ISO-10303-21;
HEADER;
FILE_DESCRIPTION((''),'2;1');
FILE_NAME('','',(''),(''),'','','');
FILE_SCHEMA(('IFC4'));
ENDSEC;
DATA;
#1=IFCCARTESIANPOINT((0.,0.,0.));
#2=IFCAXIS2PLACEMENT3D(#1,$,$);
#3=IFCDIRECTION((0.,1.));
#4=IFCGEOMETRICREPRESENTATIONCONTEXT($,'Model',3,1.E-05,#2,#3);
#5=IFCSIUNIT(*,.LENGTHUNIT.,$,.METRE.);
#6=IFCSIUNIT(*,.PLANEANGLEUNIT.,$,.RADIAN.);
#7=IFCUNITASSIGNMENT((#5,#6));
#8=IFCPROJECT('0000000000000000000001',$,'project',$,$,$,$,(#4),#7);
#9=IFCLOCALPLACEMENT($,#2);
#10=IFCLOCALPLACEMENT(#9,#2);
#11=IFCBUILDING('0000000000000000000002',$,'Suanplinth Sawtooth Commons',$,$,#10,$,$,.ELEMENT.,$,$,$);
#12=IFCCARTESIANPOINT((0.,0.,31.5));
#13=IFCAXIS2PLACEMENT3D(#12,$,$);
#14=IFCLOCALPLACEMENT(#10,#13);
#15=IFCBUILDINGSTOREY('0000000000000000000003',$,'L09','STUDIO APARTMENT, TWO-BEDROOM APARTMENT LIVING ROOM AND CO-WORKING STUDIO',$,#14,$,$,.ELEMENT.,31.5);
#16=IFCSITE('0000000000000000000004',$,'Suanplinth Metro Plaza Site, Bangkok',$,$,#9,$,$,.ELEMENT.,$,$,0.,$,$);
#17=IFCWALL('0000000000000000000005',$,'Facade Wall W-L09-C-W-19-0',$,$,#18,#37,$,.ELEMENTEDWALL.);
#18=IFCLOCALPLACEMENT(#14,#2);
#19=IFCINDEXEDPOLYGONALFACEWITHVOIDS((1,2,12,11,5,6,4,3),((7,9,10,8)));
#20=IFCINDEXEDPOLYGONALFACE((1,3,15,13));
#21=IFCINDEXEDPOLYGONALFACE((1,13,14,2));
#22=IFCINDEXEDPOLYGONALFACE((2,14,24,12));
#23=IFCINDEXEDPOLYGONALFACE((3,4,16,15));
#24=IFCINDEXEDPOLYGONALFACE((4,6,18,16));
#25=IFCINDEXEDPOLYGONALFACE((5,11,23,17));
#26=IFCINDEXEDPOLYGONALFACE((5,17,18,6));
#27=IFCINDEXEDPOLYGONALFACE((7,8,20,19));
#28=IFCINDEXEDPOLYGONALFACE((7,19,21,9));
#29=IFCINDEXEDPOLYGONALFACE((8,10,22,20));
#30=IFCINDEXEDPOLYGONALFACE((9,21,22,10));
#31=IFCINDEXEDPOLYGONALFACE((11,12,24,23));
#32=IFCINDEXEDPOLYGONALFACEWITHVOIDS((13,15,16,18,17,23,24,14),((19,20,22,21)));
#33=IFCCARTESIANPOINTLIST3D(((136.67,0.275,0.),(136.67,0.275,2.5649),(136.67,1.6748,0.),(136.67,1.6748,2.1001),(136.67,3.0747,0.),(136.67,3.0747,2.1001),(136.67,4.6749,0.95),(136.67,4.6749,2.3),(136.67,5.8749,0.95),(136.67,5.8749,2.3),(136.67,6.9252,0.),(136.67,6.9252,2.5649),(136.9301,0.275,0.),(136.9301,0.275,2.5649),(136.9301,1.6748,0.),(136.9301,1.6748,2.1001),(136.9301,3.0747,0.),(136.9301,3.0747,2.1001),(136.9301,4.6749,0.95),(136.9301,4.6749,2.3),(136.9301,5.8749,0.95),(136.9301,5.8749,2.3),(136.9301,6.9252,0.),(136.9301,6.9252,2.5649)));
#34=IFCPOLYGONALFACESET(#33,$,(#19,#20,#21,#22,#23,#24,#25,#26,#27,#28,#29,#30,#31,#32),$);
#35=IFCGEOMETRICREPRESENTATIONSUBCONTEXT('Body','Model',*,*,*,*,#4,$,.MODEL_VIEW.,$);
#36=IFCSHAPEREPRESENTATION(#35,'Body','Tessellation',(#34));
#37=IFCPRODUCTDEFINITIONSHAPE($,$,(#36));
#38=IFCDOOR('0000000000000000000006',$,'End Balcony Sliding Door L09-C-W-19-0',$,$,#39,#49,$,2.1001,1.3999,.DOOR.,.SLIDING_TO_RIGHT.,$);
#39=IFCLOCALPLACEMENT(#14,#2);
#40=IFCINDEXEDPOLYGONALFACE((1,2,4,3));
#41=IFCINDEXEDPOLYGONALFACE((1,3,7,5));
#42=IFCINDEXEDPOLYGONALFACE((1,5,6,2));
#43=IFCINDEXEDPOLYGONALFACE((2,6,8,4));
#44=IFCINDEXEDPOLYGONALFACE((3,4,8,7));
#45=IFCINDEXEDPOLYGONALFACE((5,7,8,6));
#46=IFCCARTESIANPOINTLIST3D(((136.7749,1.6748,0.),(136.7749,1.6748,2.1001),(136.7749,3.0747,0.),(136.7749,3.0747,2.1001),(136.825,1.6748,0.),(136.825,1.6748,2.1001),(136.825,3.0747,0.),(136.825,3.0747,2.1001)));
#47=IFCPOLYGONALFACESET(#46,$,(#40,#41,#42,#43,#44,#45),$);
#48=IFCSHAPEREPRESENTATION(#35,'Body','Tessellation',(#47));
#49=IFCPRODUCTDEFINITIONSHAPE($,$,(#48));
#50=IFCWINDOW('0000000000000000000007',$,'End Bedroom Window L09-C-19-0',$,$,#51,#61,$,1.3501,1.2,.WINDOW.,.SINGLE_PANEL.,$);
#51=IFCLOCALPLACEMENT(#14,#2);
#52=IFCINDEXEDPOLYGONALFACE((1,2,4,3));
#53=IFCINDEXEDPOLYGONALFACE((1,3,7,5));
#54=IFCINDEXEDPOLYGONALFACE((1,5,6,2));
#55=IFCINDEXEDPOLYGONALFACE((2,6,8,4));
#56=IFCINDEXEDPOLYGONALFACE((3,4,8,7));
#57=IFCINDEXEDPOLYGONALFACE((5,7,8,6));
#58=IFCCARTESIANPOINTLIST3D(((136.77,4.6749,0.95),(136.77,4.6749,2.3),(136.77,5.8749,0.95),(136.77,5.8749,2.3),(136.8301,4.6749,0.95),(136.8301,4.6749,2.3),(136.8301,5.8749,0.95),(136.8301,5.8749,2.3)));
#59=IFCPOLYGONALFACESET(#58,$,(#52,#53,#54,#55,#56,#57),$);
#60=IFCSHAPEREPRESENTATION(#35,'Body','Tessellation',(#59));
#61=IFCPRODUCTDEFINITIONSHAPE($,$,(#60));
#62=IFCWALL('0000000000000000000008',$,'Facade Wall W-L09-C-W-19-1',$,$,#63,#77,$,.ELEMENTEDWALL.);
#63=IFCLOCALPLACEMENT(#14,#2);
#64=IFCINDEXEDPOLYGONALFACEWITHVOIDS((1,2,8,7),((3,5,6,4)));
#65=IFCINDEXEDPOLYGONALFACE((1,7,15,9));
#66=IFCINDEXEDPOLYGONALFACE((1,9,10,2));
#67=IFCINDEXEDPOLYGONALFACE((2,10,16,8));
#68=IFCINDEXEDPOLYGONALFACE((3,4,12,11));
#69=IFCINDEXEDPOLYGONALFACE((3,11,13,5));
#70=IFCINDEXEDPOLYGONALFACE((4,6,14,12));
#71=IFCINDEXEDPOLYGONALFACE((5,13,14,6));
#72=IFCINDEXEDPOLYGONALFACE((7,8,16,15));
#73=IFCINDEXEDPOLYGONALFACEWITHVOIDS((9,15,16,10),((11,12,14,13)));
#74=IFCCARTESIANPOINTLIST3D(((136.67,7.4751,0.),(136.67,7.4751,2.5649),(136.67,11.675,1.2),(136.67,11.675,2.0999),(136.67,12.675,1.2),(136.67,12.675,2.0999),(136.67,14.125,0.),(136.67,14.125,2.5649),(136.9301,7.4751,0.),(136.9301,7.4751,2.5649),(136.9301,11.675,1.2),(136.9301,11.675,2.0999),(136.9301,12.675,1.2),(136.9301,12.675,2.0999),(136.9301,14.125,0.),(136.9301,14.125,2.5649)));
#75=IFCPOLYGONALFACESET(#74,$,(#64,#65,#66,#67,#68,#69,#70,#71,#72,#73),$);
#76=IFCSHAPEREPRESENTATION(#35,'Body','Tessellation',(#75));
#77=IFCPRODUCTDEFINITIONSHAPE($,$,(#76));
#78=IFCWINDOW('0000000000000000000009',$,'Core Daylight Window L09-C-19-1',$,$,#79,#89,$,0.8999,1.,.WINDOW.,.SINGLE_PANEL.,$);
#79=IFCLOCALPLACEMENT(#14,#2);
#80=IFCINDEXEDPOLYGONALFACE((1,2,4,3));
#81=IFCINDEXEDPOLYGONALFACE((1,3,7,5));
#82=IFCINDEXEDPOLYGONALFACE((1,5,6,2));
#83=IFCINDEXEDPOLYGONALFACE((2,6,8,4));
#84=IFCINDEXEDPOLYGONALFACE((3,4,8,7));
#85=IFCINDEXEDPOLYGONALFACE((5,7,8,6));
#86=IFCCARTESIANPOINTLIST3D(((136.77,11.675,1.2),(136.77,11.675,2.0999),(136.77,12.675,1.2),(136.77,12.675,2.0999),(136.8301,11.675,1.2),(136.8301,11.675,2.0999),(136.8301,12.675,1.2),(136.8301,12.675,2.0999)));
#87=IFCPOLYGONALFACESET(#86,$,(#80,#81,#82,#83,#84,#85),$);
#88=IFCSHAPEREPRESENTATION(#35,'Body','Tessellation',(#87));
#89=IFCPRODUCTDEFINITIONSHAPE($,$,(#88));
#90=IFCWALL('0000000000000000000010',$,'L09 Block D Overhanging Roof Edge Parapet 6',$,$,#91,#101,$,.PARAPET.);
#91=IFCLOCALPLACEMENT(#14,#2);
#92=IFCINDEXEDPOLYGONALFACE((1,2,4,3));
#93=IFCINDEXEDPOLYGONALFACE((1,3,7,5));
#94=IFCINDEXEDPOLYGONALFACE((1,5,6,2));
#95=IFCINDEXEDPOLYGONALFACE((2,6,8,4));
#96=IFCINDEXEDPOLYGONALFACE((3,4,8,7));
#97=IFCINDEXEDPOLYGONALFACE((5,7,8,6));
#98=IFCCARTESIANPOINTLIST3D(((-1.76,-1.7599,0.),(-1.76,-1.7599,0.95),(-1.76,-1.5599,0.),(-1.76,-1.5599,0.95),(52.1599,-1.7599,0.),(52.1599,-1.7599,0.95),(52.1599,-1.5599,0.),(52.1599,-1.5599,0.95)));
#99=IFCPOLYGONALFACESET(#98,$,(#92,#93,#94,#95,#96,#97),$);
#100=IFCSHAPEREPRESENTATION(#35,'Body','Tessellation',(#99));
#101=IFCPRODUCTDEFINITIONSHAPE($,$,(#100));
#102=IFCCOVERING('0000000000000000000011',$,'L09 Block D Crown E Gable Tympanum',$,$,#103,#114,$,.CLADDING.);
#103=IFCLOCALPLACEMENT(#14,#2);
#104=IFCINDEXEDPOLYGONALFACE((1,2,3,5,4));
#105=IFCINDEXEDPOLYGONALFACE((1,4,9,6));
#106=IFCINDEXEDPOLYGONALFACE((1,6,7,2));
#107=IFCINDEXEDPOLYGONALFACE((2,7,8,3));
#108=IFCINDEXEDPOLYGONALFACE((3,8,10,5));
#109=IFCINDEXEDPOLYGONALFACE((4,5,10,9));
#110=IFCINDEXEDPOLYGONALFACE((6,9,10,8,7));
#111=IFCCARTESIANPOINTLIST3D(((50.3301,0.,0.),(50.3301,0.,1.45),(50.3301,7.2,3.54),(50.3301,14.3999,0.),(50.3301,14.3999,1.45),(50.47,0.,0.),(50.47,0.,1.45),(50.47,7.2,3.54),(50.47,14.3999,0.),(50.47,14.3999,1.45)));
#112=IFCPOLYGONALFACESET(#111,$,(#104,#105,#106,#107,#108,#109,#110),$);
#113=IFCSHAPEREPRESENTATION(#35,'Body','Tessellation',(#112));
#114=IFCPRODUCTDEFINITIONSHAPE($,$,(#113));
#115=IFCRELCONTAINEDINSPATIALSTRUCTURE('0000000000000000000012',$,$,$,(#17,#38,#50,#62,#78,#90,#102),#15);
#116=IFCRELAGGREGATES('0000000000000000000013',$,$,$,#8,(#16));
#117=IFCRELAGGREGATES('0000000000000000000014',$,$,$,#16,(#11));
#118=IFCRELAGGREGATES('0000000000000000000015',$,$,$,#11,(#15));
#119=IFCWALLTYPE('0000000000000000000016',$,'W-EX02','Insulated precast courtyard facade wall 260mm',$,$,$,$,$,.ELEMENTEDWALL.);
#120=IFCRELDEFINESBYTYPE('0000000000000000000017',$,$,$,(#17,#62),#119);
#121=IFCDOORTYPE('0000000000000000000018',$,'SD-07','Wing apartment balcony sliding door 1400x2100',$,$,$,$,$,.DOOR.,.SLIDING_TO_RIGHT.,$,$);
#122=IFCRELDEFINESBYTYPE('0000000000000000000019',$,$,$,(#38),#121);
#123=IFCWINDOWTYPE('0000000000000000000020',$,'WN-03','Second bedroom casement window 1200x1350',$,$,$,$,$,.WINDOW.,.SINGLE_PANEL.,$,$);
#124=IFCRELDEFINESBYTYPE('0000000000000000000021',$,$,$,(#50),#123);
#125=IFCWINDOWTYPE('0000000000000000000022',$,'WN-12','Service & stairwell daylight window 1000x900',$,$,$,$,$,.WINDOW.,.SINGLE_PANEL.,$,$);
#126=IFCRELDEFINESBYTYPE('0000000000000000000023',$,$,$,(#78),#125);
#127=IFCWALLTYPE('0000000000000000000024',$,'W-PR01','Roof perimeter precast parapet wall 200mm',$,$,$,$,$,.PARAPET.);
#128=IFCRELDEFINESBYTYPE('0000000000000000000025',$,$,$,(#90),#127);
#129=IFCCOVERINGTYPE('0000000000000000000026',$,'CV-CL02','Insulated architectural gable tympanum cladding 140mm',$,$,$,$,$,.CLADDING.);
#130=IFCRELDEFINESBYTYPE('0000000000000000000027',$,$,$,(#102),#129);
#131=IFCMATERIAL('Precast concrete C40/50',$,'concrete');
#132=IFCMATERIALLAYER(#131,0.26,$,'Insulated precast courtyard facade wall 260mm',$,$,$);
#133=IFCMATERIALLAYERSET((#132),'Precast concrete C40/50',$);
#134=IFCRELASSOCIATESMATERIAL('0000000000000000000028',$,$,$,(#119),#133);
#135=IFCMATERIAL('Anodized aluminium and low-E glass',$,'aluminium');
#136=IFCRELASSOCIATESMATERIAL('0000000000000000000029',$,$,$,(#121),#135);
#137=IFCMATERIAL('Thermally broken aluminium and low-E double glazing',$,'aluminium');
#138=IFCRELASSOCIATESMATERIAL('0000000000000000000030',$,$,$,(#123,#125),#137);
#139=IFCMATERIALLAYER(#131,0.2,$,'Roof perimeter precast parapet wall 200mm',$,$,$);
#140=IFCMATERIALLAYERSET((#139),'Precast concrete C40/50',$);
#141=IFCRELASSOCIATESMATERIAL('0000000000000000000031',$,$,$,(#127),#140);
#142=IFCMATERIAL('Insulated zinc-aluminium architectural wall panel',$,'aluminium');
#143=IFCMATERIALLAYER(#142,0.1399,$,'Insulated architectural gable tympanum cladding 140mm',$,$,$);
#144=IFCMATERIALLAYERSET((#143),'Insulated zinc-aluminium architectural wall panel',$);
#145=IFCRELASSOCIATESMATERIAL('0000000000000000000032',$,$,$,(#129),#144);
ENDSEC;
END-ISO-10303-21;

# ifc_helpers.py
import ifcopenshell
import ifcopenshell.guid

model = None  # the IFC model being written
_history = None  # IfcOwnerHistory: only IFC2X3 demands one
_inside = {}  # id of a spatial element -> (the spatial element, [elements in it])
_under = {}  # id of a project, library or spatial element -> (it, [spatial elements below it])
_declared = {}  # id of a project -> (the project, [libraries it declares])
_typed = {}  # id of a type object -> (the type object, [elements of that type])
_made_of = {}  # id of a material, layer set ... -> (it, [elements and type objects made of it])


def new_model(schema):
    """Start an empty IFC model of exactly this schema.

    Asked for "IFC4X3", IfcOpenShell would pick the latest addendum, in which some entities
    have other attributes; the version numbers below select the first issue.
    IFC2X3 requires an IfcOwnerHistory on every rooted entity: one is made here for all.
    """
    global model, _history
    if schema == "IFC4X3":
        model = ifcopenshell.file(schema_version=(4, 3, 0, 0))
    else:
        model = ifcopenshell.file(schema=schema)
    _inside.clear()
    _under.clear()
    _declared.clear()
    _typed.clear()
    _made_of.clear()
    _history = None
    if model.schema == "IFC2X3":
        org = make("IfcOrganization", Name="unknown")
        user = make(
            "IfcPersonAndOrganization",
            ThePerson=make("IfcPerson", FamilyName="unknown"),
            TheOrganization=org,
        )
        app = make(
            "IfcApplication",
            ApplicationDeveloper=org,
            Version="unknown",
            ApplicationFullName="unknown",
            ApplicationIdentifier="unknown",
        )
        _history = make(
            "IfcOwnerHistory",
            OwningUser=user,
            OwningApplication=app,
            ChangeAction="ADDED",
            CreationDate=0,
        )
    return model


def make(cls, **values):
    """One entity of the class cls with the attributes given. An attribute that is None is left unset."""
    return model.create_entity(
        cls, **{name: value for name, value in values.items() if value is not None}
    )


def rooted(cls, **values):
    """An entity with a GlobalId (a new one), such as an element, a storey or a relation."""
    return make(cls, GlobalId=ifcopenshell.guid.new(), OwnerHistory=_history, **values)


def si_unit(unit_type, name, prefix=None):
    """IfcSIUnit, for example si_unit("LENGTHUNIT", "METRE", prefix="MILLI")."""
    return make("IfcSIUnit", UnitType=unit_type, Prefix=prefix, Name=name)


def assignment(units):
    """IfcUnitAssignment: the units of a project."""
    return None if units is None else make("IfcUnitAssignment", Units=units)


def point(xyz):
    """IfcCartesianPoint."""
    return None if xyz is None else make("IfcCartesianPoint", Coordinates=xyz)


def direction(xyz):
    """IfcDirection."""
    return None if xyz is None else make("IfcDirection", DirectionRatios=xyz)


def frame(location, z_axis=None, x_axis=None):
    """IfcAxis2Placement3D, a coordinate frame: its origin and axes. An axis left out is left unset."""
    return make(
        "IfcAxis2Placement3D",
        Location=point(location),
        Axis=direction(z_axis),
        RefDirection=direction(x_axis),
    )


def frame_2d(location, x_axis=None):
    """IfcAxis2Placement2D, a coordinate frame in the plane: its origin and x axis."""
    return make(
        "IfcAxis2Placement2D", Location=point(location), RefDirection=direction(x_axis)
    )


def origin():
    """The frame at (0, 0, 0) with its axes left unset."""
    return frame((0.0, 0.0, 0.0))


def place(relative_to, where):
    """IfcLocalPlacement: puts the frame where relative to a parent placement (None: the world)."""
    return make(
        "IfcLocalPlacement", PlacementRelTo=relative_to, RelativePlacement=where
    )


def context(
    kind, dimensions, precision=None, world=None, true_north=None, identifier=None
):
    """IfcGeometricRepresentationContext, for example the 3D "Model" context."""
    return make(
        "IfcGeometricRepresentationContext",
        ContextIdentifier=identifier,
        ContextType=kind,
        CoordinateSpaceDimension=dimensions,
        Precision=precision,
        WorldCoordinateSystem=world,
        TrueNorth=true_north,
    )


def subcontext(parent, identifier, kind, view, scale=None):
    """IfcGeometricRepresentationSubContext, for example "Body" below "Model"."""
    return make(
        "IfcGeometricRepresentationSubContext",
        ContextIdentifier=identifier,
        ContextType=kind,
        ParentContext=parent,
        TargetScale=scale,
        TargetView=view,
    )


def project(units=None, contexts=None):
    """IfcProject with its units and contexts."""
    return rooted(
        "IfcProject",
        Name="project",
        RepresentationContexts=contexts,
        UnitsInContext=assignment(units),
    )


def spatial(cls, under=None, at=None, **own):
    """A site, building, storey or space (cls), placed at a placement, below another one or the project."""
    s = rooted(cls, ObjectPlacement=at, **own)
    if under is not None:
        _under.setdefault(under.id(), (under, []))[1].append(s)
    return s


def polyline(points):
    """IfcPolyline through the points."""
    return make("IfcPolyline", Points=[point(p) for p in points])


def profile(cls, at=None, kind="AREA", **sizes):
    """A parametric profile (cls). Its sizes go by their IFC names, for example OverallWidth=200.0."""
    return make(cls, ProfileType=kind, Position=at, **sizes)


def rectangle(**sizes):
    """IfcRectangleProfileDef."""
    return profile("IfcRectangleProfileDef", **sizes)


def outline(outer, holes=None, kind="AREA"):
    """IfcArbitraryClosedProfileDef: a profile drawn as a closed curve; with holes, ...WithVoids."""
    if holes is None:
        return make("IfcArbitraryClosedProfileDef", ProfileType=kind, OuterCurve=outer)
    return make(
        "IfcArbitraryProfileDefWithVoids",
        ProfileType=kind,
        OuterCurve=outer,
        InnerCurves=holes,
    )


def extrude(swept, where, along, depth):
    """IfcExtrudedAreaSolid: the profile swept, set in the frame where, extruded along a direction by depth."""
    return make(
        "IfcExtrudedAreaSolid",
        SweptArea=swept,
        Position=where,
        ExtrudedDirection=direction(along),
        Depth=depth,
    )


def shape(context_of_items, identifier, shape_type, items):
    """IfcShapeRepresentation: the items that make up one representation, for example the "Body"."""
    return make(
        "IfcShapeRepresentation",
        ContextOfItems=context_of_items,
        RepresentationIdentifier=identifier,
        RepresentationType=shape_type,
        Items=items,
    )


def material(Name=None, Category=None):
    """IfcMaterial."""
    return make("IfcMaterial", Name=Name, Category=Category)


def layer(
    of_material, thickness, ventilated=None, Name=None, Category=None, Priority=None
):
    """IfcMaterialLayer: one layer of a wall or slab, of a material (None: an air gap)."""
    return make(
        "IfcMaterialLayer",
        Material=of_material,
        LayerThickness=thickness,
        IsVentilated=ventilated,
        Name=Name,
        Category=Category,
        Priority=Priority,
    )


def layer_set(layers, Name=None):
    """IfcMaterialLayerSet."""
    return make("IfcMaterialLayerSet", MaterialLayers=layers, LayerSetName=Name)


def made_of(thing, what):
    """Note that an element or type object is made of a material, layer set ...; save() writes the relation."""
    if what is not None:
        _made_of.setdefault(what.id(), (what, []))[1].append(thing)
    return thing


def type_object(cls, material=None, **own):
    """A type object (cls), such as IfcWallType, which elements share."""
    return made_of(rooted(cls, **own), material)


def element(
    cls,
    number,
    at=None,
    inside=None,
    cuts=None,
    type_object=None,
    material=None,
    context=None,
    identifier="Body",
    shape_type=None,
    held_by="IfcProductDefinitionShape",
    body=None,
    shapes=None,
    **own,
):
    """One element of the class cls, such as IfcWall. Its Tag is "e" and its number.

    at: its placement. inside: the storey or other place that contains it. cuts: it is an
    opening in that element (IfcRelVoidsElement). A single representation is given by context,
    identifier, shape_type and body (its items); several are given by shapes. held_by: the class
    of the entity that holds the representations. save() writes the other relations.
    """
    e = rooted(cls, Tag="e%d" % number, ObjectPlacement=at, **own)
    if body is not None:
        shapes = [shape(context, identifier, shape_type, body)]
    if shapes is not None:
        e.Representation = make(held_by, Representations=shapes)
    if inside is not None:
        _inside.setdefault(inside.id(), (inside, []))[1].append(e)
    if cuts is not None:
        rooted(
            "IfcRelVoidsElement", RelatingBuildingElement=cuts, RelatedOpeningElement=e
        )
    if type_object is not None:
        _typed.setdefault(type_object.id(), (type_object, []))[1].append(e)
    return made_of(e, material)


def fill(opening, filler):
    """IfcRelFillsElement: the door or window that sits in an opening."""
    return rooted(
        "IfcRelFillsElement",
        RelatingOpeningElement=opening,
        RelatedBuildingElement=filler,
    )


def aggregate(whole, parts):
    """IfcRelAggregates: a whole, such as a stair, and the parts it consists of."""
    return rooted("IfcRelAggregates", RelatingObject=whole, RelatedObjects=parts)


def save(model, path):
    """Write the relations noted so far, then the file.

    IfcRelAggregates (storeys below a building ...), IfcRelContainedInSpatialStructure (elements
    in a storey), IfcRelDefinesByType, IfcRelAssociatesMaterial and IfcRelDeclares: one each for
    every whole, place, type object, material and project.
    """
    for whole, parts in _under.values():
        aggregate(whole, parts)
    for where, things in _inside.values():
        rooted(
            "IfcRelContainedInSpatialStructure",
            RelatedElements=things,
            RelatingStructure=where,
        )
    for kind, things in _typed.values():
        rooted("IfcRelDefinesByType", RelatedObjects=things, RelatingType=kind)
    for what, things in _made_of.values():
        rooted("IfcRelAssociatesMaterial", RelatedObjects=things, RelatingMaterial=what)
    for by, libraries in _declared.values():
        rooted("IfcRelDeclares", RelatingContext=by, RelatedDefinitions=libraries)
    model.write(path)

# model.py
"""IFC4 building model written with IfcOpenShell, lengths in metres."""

from ifc_helpers import new_model, si_unit, direction, frame, frame_2d, origin, place, context, subcontext, project, spatial, polyline, rectangle, outline, extrude, material, layer, layer_set, type_object, element, fill, save


model = new_model("IFC4")

# Units and contexts
model_context = context("Model", 3, precision=1e-05, world=origin(), true_north=direction((0.0, 1.0)))
body_context = subcontext(model_context, "Body", "Model", "MODEL_VIEW")
ifc_project = project(units=[si_unit("LENGTHUNIT", "METRE"), si_unit("PLANEANGLEUNIT", "RADIAN")], contexts=[model_context])

# Site, building, storey
site_placement = place(None, origin())
site = spatial("IfcSite", under=ifc_project, at=site_placement, Name="Suanplinth Metro Plaza Site, Bangkok", CompositionType="ELEMENT", RefElevation=0.0)
building_placement = place(site_placement, origin())
building = spatial("IfcBuilding", under=site, at=building_placement, Name="Suanplinth Sawtooth Commons", CompositionType="ELEMENT")
storey_placement = place(building_placement, frame((0.0, 0.0, 31.5)))
storey = spatial("IfcBuildingStorey", under=building, at=storey_placement, Name="L09", Description="STUDIO APARTMENT, TWO-BEDROOM APARTMENT LIVING ROOM AND CO-WORKING STUDIO", CompositionType="ELEMENT", Elevation=31.5)

# Shared definitions
ifc_material_1 = material(Name="Precast concrete C40/50", Category="concrete")

# Wall, openings, door, window
ifc_layer_1 = layer(ifc_material_1, 0.26, Name="Insulated precast courtyard facade wall 260mm")
ifc_layer_set_1 = layer_set([ifc_layer_1], Name="Precast concrete C40/50")
wall_type_1 = type_object("IfcWallType", Name="W-EX02", Description="Insulated precast courtyard facade wall 260mm", PredefinedType="ELEMENTEDWALL", material=ifc_layer_set_1)
wall_1_placement = place(storey_placement, frame((136.8, 0.2749, 0.0), z_axis=(0.0, 0.0, 1.0), x_axis=(0.0, 1.0, 0.0)))
wall_1 = element("IfcWall", 1, at=wall_1_placement, inside=storey, type_object=wall_type_1, Name="Facade Wall W-L09-C-W-19-0", PredefinedType="ELEMENTEDWALL", context=body_context, shape_type="SweptSolid", body=[
    extrude(rectangle(XDim=6.6501, YDim=0.26, at=frame_2d((3.3252, 0.0))), origin(), (0.0, 0.0, 1.0), 2.5649),
])
opening_1_placement = place(wall_1_placement, frame((1.3999, 0.0, 0.0)))
opening_1 = element("IfcOpeningElement", 2, at=opening_1_placement, cuts=wall_1, PredefinedType="OPENING", context=body_context, shape_type="SweptSolid", body=[
    extrude(rectangle(XDim=1.3999, YDim=2.1001, at=frame_2d((0.7, 1.05))), frame((0.0, 0.145, 0.0), z_axis=(0.0, -1.0, 0.0), x_axis=(1.0, 0.0, 0.0)), (0.0, 0.0, 1.0), 0.2898),
])
opening_2_placement = place(wall_1_placement, frame((4.3999, 0.0, 0.95)))
opening_2 = element("IfcOpeningElement", 3, at=opening_2_placement, cuts=wall_1, PredefinedType="OPENING", context=body_context, shape_type="SweptSolid", body=[
    extrude(rectangle(XDim=1.2, YDim=1.3501, at=frame_2d((0.6001, 0.675))), frame((0.0, 0.145, 0.0), z_axis=(0.0, -1.0, 0.0), x_axis=(1.0, 0.0, 0.0)), (0.0, 0.0, 1.0), 0.2898),
])
ifc_material_2 = material(Name="Anodized aluminium and low-E glass", Category="aluminium")
door_type = type_object("IfcDoorType", Name="SD-07", Description="Wing apartment balcony sliding door 1400x2100", OperationType="SLIDING_TO_RIGHT", PredefinedType="DOOR", material=ifc_material_2)
door_placement = place(opening_1_placement, frame((1.3999, 0.0, 0.0), z_axis=(0.0, 0.0, 1.0), x_axis=(-1.0, 0.0, 0.0)))
door = element("IfcDoor", 4, at=door_placement, inside=storey, type_object=door_type, Name="End Balcony Sliding Door L09-C-W-19-0", OperationType="SLIDING_TO_RIGHT", OverallHeight=2.1001, OverallWidth=1.3999, PredefinedType="DOOR", context=body_context, shape_type="SweptSolid", body=[
    extrude(rectangle(XDim=1.3999, YDim=2.1001, at=frame_2d((0.7, 1.05))), frame((0.0, 0.0249, 0.0), z_axis=(0.0, -1.0, 0.0), x_axis=(1.0, 0.0, 0.0)), (0.0, 0.0, 1.0), 0.05),
])
fill(opening_1, door)
ifc_material_3 = material(Name="Thermally broken aluminium and low-E double glazing", Category="aluminium")
window_type_1 = type_object("IfcWindowType", Name="WN-03", Description="Second bedroom casement window 1200x1350", PartitioningType="SINGLE_PANEL", PredefinedType="WINDOW", material=ifc_material_3)
window_1_placement = place(opening_2_placement, origin())
window_1 = element("IfcWindow", 5, at=window_1_placement, inside=storey, type_object=window_type_1, Name="End Bedroom Window L09-C-19-0", OverallHeight=1.3501, OverallWidth=1.2, PartitioningType="SINGLE_PANEL", PredefinedType="WINDOW", context=body_context, shape_type="SweptSolid", body=[
    extrude(rectangle(XDim=1.2, YDim=1.3501, at=frame_2d((0.6001, 0.675))), frame((0.0, 0.03, 0.0), z_axis=(0.0, -1.0, 0.0), x_axis=(1.0, 0.0, 0.0)), (0.0, 0.0, 1.0), 0.0601),
])
fill(opening_2, window_1)

# Wall, opening, window
wall_2_placement = place(storey_placement, frame((136.8, 7.4751, 0.0), z_axis=(0.0, 0.0, 1.0), x_axis=(0.0, 1.0, 0.0)))
wall_2 = element("IfcWall", 6, at=wall_2_placement, inside=storey, type_object=wall_type_1, Name="Facade Wall W-L09-C-W-19-1", PredefinedType="ELEMENTEDWALL", context=body_context, shape_type="SweptSolid", body=[
    extrude(rectangle(XDim=6.6499, YDim=0.26, at=frame_2d((3.325, 0.0))), origin(), (0.0, 0.0, 1.0), 2.5649),
])
opening_3_placement = place(wall_2_placement, frame((4.2, 0.0, 1.2)))
opening_3 = element("IfcOpeningElement", 7, at=opening_3_placement, cuts=wall_2, PredefinedType="OPENING", context=body_context, shape_type="SweptSolid", body=[
    extrude(rectangle(XDim=1.0, YDim=0.8999, at=frame_2d((0.5, 0.45))), frame((0.0, 0.145, 0.0), z_axis=(0.0, -1.0, 0.0), x_axis=(1.0, 0.0, 0.0)), (0.0, 0.0, 1.0), 0.2898),
])
window_type_2 = type_object("IfcWindowType", Name="WN-12", Description="Service & stairwell daylight window 1000x900", PartitioningType="SINGLE_PANEL", PredefinedType="WINDOW", material=ifc_material_3)
window_2_placement = place(opening_3_placement, origin())
window_2 = element("IfcWindow", 8, at=window_2_placement, inside=storey, type_object=window_type_2, Name="Core Daylight Window L09-C-19-1", OverallHeight=0.8999, OverallWidth=1.0, PartitioningType="SINGLE_PANEL", PredefinedType="WINDOW", context=body_context, shape_type="SweptSolid", body=[
    extrude(rectangle(XDim=1.0, YDim=0.8999, at=frame_2d((0.5, 0.45))), frame((0.0, 0.03, 0.0), z_axis=(0.0, -1.0, 0.0), x_axis=(1.0, 0.0, 0.0)), (0.0, 0.0, 1.0), 0.0601),
])
fill(opening_3, window_2)

# Wall
ifc_layer_2 = layer(ifc_material_1, 0.2, Name="Roof perimeter precast parapet wall 200mm")
ifc_layer_set_2 = layer_set([ifc_layer_2], Name="Precast concrete C40/50")
wall_type_2 = type_object("IfcWallType", Name="W-PR01", Description="Roof perimeter precast parapet wall 200mm", PredefinedType="PARAPET", material=ifc_layer_set_2)
wall_3_placement = place(storey_placement, frame((52.1599, -1.6599, 0.0), z_axis=(0.0, 0.0, 1.0), x_axis=(-1.0, 0.0, 0.0)))
element("IfcWall", 9, at=wall_3_placement, inside=storey, type_object=wall_type_2, Name="L09 Block D Overhanging Roof Edge Parapet 6", PredefinedType="PARAPET", context=body_context, shape_type="SweptSolid", body=[
    extrude(rectangle(XDim=53.9199, YDim=0.2, at=frame_2d((26.96, 0.0))), origin(), (0.0, 0.0, 1.0), 0.95),
])

# Covering
ifc_material_4 = material(Name="Insulated zinc-aluminium architectural wall panel", Category="aluminium")
ifc_layer_3 = layer(ifc_material_4, 0.1399, Name="Insulated architectural gable tympanum cladding 140mm")
ifc_layer_set_3 = layer_set([ifc_layer_3], Name="Insulated zinc-aluminium architectural wall panel")
covering_type = type_object("IfcCoveringType", Name="CV-CL02", Description="Insulated architectural gable tympanum cladding 140mm", PredefinedType="CLADDING", material=ifc_layer_set_3)
covering_placement = place(storey_placement, frame((50.3999, 0.0, 0.0), z_axis=(0.0, 0.0, 1.0), x_axis=(0.0, 1.0, 0.0)))
element("IfcCovering", 10, at=covering_placement, inside=storey, type_object=covering_type, Name="L09 Block D Crown E Gable Tympanum", PredefinedType="CLADDING", context=body_context, shape_type="SweptSolid", body=[
    extrude(outline(polyline([(0.0, 0.0), (14.3999, 0.0), (14.3999, 1.45), (7.2, 3.54), (0.0, 1.45), (0.0, 0.0)])), frame((0.0, 0.0698, 0.0), z_axis=(0.0, -1.0, 0.0), x_axis=(1.0, 0.0, 0.0)), (0.0, 0.0, 1.0), 0.1399),
])

save(model, "model.ifc")
